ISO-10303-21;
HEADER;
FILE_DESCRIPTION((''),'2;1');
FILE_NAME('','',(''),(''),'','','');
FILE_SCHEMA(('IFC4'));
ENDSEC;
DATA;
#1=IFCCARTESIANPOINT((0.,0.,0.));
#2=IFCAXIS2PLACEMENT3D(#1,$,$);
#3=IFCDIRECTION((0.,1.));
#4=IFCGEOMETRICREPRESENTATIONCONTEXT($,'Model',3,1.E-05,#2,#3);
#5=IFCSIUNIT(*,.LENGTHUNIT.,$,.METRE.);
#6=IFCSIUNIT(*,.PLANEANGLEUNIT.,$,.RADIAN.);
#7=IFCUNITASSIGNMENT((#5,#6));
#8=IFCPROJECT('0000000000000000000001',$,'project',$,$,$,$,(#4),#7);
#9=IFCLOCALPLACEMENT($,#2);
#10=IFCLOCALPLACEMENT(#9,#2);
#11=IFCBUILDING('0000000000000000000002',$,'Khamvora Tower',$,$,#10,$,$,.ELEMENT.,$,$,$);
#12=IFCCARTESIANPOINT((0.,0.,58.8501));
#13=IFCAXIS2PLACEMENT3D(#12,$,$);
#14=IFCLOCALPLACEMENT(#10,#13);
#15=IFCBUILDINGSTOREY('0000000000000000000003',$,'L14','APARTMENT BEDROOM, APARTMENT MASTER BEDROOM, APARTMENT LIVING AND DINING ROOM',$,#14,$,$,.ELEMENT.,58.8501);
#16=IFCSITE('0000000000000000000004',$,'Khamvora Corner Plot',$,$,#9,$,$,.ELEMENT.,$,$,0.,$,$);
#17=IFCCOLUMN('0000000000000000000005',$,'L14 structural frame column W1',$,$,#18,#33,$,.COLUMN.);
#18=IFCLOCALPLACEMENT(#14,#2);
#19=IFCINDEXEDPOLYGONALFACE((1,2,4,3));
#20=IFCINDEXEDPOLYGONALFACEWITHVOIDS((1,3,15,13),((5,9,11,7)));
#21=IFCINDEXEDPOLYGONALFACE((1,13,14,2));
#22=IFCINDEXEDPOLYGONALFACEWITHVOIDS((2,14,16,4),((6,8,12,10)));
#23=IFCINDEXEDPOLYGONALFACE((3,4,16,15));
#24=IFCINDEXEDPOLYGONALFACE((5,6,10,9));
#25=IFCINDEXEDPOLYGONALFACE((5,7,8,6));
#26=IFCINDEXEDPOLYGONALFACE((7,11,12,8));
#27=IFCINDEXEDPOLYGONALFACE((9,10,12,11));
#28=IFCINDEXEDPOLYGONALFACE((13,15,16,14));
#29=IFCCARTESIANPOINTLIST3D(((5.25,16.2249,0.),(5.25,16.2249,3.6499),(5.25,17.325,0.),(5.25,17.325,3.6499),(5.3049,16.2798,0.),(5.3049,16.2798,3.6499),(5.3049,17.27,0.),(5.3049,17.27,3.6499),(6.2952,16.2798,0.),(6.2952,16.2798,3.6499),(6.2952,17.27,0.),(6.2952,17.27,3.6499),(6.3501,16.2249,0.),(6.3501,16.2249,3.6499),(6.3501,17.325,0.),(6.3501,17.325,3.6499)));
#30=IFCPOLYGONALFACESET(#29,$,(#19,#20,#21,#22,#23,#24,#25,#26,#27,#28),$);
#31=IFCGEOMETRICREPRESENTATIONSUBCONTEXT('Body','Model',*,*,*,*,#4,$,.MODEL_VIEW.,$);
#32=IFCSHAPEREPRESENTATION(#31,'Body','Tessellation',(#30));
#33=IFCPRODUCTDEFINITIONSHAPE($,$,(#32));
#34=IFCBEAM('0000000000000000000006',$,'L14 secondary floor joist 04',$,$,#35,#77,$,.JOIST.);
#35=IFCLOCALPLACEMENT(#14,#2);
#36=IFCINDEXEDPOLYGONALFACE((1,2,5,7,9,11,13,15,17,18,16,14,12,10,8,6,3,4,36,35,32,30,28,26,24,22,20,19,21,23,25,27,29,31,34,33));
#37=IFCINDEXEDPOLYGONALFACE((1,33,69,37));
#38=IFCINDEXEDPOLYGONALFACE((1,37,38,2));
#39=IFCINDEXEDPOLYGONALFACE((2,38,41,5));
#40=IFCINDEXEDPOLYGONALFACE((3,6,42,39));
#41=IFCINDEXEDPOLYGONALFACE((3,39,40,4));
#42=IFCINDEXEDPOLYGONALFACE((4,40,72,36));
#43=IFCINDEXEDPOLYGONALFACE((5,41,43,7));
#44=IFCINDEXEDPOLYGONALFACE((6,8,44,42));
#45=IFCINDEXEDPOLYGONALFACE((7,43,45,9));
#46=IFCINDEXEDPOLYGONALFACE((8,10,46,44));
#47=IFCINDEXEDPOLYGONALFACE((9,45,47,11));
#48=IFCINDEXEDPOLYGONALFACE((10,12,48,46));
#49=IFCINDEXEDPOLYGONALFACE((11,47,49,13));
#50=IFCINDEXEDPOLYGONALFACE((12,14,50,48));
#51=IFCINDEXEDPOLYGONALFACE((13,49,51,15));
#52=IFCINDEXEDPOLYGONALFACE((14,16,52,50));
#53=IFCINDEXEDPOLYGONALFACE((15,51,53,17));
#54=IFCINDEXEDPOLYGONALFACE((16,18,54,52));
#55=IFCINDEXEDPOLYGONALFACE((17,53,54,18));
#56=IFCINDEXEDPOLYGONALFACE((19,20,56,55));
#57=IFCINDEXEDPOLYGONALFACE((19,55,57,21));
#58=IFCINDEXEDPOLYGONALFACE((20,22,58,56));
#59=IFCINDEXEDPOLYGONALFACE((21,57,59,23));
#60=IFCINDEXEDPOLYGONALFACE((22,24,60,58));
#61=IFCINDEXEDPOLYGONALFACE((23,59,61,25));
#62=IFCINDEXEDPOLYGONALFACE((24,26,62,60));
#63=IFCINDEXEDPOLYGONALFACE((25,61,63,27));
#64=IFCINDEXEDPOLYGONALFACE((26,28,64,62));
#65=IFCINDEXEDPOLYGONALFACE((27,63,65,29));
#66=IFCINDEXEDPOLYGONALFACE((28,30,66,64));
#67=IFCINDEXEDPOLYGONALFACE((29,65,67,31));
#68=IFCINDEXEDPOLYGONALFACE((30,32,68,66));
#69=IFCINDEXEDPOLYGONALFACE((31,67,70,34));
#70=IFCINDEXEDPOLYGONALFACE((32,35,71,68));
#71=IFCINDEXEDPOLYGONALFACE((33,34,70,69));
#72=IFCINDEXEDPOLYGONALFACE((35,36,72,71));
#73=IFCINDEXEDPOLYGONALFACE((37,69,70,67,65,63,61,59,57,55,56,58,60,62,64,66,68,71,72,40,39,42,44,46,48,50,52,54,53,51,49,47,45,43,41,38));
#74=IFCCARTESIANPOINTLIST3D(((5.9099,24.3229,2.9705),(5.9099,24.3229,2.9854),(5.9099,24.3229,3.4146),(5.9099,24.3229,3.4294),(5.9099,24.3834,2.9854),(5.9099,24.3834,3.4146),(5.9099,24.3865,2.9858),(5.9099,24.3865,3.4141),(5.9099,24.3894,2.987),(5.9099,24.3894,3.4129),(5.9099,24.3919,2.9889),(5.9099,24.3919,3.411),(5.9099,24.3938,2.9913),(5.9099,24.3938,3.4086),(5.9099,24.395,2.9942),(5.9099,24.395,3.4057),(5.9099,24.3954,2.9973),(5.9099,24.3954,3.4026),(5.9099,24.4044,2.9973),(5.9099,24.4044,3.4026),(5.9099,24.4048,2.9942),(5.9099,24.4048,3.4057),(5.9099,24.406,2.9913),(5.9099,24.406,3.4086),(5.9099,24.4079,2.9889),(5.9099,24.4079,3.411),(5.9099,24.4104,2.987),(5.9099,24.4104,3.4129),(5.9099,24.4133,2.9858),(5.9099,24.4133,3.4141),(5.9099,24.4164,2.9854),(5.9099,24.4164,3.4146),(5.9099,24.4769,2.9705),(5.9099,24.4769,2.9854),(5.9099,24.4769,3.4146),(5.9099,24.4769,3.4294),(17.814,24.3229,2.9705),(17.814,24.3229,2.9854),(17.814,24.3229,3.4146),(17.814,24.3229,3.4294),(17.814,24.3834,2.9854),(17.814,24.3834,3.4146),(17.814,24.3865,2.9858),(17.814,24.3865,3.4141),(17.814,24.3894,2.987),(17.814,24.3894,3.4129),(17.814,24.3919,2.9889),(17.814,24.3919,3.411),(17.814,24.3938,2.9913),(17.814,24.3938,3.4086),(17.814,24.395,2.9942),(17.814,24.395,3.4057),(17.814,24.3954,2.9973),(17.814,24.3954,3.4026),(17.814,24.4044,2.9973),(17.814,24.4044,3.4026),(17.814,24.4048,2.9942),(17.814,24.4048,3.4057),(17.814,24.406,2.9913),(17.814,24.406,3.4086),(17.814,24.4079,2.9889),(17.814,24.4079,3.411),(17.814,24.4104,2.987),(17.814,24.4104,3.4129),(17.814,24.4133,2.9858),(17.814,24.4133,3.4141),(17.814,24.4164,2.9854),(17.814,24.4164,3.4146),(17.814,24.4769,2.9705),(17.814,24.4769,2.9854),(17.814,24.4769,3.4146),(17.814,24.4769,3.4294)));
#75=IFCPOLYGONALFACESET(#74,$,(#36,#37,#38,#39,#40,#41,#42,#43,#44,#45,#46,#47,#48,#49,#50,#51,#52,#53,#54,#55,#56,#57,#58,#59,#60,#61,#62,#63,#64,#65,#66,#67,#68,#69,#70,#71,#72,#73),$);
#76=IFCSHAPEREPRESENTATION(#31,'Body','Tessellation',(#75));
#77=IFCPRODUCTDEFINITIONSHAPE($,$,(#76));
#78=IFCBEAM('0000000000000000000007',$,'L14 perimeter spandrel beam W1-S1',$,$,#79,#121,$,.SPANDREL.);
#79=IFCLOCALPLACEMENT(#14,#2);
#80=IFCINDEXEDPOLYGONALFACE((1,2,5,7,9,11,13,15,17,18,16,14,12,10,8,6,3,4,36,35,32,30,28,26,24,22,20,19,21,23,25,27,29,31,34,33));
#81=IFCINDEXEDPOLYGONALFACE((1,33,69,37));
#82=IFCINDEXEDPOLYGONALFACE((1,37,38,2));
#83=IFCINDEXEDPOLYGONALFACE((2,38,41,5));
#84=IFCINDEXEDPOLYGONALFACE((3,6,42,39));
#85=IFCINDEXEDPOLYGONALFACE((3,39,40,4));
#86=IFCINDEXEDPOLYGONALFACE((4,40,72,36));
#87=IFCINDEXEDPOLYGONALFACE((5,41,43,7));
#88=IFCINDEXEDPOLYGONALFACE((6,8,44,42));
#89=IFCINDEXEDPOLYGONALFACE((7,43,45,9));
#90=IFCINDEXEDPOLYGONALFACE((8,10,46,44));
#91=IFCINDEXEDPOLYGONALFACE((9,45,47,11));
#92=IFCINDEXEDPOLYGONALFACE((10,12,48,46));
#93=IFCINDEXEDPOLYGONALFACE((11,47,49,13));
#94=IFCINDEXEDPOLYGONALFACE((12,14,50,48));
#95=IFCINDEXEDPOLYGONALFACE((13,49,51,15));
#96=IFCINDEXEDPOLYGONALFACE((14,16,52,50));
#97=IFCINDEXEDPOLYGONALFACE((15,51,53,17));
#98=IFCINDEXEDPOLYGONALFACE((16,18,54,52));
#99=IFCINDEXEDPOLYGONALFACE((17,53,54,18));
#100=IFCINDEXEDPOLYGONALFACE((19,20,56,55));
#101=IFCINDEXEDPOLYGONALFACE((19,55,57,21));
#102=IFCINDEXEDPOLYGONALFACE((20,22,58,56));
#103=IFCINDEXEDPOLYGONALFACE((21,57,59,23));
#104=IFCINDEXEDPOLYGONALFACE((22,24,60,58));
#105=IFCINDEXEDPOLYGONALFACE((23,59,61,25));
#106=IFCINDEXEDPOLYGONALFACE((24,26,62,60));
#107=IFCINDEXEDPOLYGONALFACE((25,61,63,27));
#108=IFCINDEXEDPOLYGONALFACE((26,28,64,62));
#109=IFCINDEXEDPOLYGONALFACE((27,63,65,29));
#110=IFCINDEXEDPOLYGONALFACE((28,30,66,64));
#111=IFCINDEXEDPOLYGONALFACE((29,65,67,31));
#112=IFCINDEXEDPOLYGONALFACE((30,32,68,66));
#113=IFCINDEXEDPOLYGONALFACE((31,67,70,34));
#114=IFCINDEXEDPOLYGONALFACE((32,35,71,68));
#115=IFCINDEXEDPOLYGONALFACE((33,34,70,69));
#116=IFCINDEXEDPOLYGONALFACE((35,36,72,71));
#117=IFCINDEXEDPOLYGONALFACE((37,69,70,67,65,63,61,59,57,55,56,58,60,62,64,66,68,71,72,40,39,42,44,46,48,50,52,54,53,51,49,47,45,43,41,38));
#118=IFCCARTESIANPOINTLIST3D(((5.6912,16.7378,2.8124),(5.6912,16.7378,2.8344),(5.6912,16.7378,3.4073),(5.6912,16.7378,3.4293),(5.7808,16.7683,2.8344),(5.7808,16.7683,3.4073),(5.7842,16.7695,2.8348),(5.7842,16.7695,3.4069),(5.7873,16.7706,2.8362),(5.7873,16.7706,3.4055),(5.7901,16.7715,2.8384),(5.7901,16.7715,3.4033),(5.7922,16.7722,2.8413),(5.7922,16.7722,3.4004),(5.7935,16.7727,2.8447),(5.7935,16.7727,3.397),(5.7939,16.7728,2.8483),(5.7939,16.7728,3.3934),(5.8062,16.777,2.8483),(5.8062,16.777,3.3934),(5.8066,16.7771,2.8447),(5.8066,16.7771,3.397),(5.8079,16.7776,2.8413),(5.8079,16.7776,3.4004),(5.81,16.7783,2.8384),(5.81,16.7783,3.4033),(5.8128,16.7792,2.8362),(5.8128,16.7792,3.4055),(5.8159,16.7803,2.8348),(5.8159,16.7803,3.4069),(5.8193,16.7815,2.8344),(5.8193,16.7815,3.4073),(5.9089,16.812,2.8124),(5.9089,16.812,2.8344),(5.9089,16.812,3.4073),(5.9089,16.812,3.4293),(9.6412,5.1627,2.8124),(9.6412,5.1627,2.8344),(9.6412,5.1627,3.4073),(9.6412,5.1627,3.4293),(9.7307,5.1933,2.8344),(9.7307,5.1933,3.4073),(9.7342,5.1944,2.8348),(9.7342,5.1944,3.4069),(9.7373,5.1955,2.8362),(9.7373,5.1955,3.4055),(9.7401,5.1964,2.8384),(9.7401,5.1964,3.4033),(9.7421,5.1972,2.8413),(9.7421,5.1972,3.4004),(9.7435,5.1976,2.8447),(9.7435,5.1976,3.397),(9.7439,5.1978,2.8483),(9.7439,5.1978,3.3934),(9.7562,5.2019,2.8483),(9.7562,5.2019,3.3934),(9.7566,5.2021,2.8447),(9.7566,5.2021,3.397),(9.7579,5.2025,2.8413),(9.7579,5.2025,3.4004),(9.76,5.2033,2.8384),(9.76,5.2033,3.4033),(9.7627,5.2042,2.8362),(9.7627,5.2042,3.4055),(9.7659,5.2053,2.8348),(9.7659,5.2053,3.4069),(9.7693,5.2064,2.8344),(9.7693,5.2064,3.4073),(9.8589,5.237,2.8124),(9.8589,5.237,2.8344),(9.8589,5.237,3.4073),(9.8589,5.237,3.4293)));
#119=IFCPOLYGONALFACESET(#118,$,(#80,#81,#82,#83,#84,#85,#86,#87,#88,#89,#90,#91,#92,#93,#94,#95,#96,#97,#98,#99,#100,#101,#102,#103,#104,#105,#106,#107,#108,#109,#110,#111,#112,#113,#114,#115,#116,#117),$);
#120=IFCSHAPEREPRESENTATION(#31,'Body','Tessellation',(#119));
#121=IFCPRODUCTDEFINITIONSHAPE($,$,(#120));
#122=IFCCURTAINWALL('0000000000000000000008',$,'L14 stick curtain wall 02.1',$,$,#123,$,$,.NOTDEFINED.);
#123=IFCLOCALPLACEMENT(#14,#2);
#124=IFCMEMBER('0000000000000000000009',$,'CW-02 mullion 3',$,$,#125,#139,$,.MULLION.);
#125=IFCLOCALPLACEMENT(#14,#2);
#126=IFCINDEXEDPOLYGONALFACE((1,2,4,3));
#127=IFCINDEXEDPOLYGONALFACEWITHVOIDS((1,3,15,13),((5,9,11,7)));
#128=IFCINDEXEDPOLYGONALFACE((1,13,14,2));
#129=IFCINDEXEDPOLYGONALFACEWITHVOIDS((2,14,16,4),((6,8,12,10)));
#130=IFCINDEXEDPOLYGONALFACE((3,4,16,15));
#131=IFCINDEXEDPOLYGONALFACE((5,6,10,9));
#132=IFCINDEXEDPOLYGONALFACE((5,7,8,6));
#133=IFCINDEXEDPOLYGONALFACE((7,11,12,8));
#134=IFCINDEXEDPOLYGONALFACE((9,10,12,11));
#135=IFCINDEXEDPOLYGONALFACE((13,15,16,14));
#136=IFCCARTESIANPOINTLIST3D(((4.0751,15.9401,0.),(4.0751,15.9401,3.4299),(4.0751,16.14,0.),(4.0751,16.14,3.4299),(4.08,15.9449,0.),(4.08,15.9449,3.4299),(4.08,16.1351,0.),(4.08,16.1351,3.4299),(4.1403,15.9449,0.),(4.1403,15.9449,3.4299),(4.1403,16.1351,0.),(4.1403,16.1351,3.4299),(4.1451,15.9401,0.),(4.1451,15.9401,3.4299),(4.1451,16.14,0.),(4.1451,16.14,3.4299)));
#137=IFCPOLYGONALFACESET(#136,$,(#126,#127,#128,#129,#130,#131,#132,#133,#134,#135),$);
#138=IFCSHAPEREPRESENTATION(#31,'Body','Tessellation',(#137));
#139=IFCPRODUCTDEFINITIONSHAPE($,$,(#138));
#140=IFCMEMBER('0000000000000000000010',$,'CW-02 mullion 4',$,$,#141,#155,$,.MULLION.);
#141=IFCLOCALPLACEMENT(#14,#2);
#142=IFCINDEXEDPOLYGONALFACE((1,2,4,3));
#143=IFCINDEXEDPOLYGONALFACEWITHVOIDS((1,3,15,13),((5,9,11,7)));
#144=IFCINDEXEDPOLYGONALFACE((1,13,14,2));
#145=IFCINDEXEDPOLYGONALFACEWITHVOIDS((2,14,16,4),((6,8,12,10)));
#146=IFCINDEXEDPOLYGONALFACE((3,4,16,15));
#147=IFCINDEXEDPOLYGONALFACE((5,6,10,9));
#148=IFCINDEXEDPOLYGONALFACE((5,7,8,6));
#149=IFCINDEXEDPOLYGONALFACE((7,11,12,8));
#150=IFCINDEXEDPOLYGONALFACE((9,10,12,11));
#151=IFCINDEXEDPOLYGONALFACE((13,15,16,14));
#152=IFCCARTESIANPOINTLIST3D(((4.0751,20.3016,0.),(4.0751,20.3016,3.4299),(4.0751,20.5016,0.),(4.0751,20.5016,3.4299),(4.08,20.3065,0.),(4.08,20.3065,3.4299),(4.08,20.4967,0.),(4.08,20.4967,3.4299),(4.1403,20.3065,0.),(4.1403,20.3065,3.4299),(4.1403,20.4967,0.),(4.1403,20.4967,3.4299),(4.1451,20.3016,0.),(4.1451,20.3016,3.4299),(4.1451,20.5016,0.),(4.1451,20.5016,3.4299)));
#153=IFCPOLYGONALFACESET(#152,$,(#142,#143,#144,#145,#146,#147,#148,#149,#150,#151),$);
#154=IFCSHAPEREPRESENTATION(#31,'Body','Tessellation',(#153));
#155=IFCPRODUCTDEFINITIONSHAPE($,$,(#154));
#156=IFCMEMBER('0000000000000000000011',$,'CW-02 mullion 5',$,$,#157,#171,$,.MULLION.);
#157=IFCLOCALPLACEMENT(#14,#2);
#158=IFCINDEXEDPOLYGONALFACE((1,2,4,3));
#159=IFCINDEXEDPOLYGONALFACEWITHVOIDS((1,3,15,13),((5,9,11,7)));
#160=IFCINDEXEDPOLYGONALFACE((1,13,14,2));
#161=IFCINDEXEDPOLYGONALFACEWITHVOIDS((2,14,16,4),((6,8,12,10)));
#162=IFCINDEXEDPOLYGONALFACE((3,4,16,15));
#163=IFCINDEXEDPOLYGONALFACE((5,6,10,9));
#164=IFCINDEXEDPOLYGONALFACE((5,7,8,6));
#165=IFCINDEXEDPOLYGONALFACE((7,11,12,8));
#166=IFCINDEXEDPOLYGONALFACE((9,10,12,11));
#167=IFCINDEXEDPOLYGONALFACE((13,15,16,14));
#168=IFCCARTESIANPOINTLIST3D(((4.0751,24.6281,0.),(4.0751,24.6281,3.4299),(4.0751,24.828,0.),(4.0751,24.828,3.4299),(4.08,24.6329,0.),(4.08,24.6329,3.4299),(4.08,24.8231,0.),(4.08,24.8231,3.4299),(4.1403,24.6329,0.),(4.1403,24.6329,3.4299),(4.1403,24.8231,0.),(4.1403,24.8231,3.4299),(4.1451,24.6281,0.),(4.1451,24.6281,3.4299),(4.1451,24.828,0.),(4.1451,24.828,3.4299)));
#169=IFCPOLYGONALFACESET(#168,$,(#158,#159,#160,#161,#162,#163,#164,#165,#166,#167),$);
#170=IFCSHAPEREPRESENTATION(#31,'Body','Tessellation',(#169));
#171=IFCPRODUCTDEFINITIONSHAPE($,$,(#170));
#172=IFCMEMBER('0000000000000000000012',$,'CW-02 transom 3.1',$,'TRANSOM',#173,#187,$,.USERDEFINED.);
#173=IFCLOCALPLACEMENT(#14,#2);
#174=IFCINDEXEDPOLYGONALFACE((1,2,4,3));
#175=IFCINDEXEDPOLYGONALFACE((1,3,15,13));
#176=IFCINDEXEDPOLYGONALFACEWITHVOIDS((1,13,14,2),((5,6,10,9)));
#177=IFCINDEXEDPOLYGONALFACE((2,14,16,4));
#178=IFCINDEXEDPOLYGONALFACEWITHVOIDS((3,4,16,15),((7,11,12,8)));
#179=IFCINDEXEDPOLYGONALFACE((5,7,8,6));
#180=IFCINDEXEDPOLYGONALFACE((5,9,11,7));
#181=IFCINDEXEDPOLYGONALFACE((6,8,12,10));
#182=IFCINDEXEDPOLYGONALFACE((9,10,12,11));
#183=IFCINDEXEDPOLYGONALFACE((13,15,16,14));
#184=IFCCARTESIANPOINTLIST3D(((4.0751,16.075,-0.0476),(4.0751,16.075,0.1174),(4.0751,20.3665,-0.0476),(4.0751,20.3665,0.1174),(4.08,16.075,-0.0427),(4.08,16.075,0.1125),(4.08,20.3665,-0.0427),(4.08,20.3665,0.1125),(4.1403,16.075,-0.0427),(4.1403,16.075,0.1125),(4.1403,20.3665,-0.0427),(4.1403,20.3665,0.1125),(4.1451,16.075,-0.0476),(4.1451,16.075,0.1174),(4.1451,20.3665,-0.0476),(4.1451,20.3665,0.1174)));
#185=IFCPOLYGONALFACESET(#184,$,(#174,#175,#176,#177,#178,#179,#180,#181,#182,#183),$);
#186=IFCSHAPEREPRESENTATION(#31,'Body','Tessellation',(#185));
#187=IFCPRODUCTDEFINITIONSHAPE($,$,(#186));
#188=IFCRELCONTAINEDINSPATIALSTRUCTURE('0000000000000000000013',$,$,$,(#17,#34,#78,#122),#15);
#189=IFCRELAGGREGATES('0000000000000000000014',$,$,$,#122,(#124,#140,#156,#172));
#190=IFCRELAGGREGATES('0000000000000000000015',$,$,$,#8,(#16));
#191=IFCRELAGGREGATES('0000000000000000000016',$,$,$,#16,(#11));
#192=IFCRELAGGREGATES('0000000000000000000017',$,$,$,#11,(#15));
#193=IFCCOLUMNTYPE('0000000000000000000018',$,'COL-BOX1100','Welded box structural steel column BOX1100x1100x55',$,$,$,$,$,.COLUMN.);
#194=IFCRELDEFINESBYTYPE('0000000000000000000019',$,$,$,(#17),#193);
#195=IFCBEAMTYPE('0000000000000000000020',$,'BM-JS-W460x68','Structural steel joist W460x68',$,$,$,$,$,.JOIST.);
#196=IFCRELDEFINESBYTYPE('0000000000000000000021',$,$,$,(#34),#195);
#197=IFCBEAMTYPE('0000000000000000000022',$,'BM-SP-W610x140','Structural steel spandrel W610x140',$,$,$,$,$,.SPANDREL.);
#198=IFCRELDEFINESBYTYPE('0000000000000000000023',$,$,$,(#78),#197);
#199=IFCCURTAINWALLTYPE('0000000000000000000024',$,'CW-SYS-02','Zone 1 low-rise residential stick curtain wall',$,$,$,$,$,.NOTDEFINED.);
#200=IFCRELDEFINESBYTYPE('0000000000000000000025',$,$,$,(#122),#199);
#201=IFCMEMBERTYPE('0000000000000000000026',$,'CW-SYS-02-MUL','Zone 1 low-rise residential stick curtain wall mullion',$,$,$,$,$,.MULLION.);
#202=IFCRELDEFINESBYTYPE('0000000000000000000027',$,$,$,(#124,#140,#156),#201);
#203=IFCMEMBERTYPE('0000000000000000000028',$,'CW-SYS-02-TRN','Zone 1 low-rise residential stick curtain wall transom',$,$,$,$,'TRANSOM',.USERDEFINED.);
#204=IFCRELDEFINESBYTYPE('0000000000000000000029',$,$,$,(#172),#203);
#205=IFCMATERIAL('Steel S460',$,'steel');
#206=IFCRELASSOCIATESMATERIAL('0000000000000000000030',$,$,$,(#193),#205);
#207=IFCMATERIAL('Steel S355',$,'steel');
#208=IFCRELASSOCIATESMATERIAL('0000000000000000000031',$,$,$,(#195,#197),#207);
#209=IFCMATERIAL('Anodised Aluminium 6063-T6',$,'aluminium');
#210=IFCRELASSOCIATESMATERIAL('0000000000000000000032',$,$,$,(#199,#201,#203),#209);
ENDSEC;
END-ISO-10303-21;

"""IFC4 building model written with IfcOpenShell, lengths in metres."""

from ifc_helpers import new_model, si_unit, direction, frame, origin, origin_2d, place, context, subcontext, project, spatial, hollow_rectangle, i_section, extrude, material, material_profile, profile_set, type_object, element, aggregate, save


model = new_model("IFC4")

# Units and contexts
model_context = context("Model", 3, precision=1e-05, world=origin(), true_north=direction((0.0, 1.0)))
body_context = subcontext(model_context, "Body", "Model", "MODEL_VIEW")
ifc_project = project(units=[si_unit("LENGTHUNIT", "METRE"), si_unit("PLANEANGLEUNIT", "RADIAN")], contexts=[model_context])

# Site, building, storey
site_placement = place(None, origin())
site = spatial("IfcSite", under=ifc_project, at=site_placement, Name="Khamvora Corner Plot", CompositionType="ELEMENT", RefElevation=0.0)
building_placement = place(site_placement, origin())
building = spatial("IfcBuilding", under=site, at=building_placement, Name="Khamvora Tower", CompositionType="ELEMENT")
storey_placement = place(building_placement, frame((0.0, 0.0, 58.8501)))
storey = spatial("IfcBuildingStorey", under=building, at=storey_placement, Name="L14", Description="APARTMENT BEDROOM, APARTMENT MASTER BEDROOM, APARTMENT LIVING AND DINING ROOM", CompositionType="ELEMENT", Elevation=58.8501)

# Column
ifc_material_1 = material(Name="Steel S460", Category="steel")
ifc_material_profile_1 = material_profile(ifc_material_1, hollow_rectangle(XDim=1.1001, YDim=1.1001, WallThickness=0.0549, at=origin_2d()), Name="BOX1100x1100x55")
ifc_profile_set_1 = profile_set([ifc_material_profile_1], Name="Steel S460")
column_type = type_object("IfcColumnType", Name="COL-BOX1100", Description="Welded box structural steel column BOX1100x1100x55", PredefinedType="COLUMN", material=ifc_profile_set_1)
column_placement = place(storey_placement, frame((5.8, 16.7749, 0.0), z_axis=(0.0, 0.0, 1.0), x_axis=(1.0, 0.0, 0.0)))
element("IfcColumn", 1, at=column_placement, inside=storey, type_object=column_type, Name="L14 structural frame column W1", PredefinedType="COLUMN", context=body_context, shape_type="SweptSolid", body=[
    extrude(hollow_rectangle(XDim=1.1001, YDim=1.1001, WallThickness=0.0549, at=origin_2d()), origin(), (0.0, 0.0, 1.0), 3.6499),
])

# Beams
ifc_material_2 = material(Name="Steel S355", Category="steel")
ifc_material_profile_2 = material_profile(ifc_material_2, i_section(OverallWidth=0.1541, OverallDepth=0.459, WebThickness=0.009, FlangeThickness=0.0149, FilletRadius=0.012, at=origin_2d()), Name="W460x68")
ifc_profile_set_2 = profile_set([ifc_material_profile_2], Name="Steel S355")
beam_type_1 = type_object("IfcBeamType", Name="BM-JS-W460x68", Description="Structural steel joist W460x68", PredefinedType="JOIST", material=ifc_profile_set_2)
beam_1_placement = place(storey_placement, frame((5.9099, 24.3999, 3.2), z_axis=(1.0, 0.0, 0.0), x_axis=(0.0, 1.0, 0.0)))
element("IfcBeam", 2, at=beam_1_placement, inside=storey, type_object=beam_type_1, Name="L14 secondary floor joist 04", PredefinedType="JOIST", context=body_context, shape_type="SweptSolid", body=[
    extrude(i_section(OverallWidth=0.1541, OverallDepth=0.459, WebThickness=0.009, FlangeThickness=0.0149, FilletRadius=0.012, at=origin_2d()), origin(), (0.0, 0.0, 1.0), 11.9041),
])
ifc_material_profile_3 = material_profile(ifc_material_2, i_section(OverallWidth=0.23, OverallDepth=0.6169, WebThickness=0.0129, FlangeThickness=0.022, FilletRadius=0.0139, at=origin_2d()), Name="W610x140")
ifc_profile_set_3 = profile_set([ifc_material_profile_3], Name="Steel S355")
beam_type_2 = type_object("IfcBeamType", Name="BM-SP-W610x140", Description="Structural steel spandrel W610x140", PredefinedType="SPANDREL", material=ifc_profile_set_3)
beam_2_placement = place(storey_placement, frame((5.8, 16.7749, 3.1208), z_axis=(0.322963, -0.946412, 0.0), x_axis=(0.946412, 0.322963, 0.0)))
element("IfcBeam", 3, at=beam_2_placement, inside=storey, type_object=beam_type_2, Name="L14 perimeter spandrel beam W1-S1", PredefinedType="SPANDREL", context=body_context, shape_type="SweptSolid", body=[
    extrude(i_section(OverallWidth=0.23, OverallDepth=0.6169, WebThickness=0.0129, FlangeThickness=0.022, FilletRadius=0.0139, at=origin_2d()), origin(), (0.0, 0.0, 1.0), 12.2305),
])

# Curtain wall, members
ifc_material_3 = material(Name="Anodised Aluminium 6063-T6", Category="aluminium")
curtain_wall_type = type_object("IfcCurtainWallType", Name="CW-SYS-02", Description="Zone 1 low-rise residential stick curtain wall", PredefinedType="NOTDEFINED", material=ifc_material_3)
curtain_wall_placement = place(storey_placement, origin())
curtain_wall = element("IfcCurtainWall", 4, at=curtain_wall_placement, inside=storey, type_object=curtain_wall_type, Name="L14 stick curtain wall 02.1", PredefinedType="NOTDEFINED")
ifc_material_profile_4 = material_profile(ifc_material_3, hollow_rectangle(XDim=0.0701, YDim=0.2, WallThickness=0.0049, at=origin_2d()), Name="MUL70x200x5")
ifc_profile_set_4 = profile_set([ifc_material_profile_4], Name="Anodised Aluminium 6063-T6")
member_type_1 = type_object("IfcMemberType", Name="CW-SYS-02-MUL", Description="Zone 1 low-rise residential stick curtain wall mullion", PredefinedType="MULLION", material=ifc_profile_set_4)
member_1_placement = place(storey_placement, frame((4.1101, 16.04, 0.0), z_axis=(0.0, 0.0, 1.0), x_axis=(-1.0, 0.0, 0.0)))
member_1 = element("IfcMember", 5, at=member_1_placement, type_object=member_type_1, Name="CW-02 mullion 3", PredefinedType="MULLION", context=body_context, shape_type="SweptSolid", body=[
    extrude(hollow_rectangle(XDim=0.0701, YDim=0.2, WallThickness=0.0049, at=origin_2d()), origin(), (0.0, 0.0, 1.0), 3.4299),
])
member_2_placement = place(storey_placement, frame((4.1101, 20.4016, 0.0), z_axis=(0.0, 0.0, 1.0), x_axis=(-1.0, 0.0, 0.0)))
member_2 = element("IfcMember", 6, at=member_2_placement, type_object=member_type_1, Name="CW-02 mullion 4", PredefinedType="MULLION", context=body_context, shape_type="SweptSolid", body=[
    extrude(hollow_rectangle(XDim=0.0701, YDim=0.2, WallThickness=0.0049, at=origin_2d()), origin(), (0.0, 0.0, 1.0), 3.4299),
])
member_3_placement = place(storey_placement, frame((4.1101, 24.728, 0.0), z_axis=(0.0, 0.0, 1.0), x_axis=(-1.0, 0.0, 0.0)))
member_3 = element("IfcMember", 7, at=member_3_placement, type_object=member_type_1, Name="CW-02 mullion 5", PredefinedType="MULLION", context=body_context, shape_type="SweptSolid", body=[
    extrude(hollow_rectangle(XDim=0.0701, YDim=0.2, WallThickness=0.0049, at=origin_2d()), origin(), (0.0, 0.0, 1.0), 3.4299),
])
ifc_material_profile_5 = material_profile(ifc_material_3, hollow_rectangle(XDim=0.0701, YDim=0.165, WallThickness=0.0049, at=origin_2d()), Name="TRN70x165x5")
ifc_profile_set_5 = profile_set([ifc_material_profile_5], Name="Anodised Aluminium 6063-T6")
member_type_2 = type_object("IfcMemberType", Name="CW-SYS-02-TRN", Description="Zone 1 low-rise residential stick curtain wall transom", ElementType="TRANSOM", PredefinedType="USERDEFINED", material=ifc_profile_set_5)
member_4_placement = place(storey_placement, frame((4.1101, 16.075, 0.0349), z_axis=(0.0, 1.0, 0.0), x_axis=(-1.0, 0.0, 0.0)))
member_4 = element("IfcMember", 8, at=member_4_placement, type_object=member_type_2, Name="CW-02 transom 3.1", ObjectType="TRANSOM", PredefinedType="USERDEFINED", context=body_context, shape_type="SweptSolid", body=[
    extrude(hollow_rectangle(XDim=0.0701, YDim=0.165, WallThickness=0.0049, at=origin_2d()), origin(), (0.0, 0.0, 1.0), 4.2915),
])
aggregate(curtain_wall, [member_1, member_2, member_3, member_4])

save(model, "model.ifc")
